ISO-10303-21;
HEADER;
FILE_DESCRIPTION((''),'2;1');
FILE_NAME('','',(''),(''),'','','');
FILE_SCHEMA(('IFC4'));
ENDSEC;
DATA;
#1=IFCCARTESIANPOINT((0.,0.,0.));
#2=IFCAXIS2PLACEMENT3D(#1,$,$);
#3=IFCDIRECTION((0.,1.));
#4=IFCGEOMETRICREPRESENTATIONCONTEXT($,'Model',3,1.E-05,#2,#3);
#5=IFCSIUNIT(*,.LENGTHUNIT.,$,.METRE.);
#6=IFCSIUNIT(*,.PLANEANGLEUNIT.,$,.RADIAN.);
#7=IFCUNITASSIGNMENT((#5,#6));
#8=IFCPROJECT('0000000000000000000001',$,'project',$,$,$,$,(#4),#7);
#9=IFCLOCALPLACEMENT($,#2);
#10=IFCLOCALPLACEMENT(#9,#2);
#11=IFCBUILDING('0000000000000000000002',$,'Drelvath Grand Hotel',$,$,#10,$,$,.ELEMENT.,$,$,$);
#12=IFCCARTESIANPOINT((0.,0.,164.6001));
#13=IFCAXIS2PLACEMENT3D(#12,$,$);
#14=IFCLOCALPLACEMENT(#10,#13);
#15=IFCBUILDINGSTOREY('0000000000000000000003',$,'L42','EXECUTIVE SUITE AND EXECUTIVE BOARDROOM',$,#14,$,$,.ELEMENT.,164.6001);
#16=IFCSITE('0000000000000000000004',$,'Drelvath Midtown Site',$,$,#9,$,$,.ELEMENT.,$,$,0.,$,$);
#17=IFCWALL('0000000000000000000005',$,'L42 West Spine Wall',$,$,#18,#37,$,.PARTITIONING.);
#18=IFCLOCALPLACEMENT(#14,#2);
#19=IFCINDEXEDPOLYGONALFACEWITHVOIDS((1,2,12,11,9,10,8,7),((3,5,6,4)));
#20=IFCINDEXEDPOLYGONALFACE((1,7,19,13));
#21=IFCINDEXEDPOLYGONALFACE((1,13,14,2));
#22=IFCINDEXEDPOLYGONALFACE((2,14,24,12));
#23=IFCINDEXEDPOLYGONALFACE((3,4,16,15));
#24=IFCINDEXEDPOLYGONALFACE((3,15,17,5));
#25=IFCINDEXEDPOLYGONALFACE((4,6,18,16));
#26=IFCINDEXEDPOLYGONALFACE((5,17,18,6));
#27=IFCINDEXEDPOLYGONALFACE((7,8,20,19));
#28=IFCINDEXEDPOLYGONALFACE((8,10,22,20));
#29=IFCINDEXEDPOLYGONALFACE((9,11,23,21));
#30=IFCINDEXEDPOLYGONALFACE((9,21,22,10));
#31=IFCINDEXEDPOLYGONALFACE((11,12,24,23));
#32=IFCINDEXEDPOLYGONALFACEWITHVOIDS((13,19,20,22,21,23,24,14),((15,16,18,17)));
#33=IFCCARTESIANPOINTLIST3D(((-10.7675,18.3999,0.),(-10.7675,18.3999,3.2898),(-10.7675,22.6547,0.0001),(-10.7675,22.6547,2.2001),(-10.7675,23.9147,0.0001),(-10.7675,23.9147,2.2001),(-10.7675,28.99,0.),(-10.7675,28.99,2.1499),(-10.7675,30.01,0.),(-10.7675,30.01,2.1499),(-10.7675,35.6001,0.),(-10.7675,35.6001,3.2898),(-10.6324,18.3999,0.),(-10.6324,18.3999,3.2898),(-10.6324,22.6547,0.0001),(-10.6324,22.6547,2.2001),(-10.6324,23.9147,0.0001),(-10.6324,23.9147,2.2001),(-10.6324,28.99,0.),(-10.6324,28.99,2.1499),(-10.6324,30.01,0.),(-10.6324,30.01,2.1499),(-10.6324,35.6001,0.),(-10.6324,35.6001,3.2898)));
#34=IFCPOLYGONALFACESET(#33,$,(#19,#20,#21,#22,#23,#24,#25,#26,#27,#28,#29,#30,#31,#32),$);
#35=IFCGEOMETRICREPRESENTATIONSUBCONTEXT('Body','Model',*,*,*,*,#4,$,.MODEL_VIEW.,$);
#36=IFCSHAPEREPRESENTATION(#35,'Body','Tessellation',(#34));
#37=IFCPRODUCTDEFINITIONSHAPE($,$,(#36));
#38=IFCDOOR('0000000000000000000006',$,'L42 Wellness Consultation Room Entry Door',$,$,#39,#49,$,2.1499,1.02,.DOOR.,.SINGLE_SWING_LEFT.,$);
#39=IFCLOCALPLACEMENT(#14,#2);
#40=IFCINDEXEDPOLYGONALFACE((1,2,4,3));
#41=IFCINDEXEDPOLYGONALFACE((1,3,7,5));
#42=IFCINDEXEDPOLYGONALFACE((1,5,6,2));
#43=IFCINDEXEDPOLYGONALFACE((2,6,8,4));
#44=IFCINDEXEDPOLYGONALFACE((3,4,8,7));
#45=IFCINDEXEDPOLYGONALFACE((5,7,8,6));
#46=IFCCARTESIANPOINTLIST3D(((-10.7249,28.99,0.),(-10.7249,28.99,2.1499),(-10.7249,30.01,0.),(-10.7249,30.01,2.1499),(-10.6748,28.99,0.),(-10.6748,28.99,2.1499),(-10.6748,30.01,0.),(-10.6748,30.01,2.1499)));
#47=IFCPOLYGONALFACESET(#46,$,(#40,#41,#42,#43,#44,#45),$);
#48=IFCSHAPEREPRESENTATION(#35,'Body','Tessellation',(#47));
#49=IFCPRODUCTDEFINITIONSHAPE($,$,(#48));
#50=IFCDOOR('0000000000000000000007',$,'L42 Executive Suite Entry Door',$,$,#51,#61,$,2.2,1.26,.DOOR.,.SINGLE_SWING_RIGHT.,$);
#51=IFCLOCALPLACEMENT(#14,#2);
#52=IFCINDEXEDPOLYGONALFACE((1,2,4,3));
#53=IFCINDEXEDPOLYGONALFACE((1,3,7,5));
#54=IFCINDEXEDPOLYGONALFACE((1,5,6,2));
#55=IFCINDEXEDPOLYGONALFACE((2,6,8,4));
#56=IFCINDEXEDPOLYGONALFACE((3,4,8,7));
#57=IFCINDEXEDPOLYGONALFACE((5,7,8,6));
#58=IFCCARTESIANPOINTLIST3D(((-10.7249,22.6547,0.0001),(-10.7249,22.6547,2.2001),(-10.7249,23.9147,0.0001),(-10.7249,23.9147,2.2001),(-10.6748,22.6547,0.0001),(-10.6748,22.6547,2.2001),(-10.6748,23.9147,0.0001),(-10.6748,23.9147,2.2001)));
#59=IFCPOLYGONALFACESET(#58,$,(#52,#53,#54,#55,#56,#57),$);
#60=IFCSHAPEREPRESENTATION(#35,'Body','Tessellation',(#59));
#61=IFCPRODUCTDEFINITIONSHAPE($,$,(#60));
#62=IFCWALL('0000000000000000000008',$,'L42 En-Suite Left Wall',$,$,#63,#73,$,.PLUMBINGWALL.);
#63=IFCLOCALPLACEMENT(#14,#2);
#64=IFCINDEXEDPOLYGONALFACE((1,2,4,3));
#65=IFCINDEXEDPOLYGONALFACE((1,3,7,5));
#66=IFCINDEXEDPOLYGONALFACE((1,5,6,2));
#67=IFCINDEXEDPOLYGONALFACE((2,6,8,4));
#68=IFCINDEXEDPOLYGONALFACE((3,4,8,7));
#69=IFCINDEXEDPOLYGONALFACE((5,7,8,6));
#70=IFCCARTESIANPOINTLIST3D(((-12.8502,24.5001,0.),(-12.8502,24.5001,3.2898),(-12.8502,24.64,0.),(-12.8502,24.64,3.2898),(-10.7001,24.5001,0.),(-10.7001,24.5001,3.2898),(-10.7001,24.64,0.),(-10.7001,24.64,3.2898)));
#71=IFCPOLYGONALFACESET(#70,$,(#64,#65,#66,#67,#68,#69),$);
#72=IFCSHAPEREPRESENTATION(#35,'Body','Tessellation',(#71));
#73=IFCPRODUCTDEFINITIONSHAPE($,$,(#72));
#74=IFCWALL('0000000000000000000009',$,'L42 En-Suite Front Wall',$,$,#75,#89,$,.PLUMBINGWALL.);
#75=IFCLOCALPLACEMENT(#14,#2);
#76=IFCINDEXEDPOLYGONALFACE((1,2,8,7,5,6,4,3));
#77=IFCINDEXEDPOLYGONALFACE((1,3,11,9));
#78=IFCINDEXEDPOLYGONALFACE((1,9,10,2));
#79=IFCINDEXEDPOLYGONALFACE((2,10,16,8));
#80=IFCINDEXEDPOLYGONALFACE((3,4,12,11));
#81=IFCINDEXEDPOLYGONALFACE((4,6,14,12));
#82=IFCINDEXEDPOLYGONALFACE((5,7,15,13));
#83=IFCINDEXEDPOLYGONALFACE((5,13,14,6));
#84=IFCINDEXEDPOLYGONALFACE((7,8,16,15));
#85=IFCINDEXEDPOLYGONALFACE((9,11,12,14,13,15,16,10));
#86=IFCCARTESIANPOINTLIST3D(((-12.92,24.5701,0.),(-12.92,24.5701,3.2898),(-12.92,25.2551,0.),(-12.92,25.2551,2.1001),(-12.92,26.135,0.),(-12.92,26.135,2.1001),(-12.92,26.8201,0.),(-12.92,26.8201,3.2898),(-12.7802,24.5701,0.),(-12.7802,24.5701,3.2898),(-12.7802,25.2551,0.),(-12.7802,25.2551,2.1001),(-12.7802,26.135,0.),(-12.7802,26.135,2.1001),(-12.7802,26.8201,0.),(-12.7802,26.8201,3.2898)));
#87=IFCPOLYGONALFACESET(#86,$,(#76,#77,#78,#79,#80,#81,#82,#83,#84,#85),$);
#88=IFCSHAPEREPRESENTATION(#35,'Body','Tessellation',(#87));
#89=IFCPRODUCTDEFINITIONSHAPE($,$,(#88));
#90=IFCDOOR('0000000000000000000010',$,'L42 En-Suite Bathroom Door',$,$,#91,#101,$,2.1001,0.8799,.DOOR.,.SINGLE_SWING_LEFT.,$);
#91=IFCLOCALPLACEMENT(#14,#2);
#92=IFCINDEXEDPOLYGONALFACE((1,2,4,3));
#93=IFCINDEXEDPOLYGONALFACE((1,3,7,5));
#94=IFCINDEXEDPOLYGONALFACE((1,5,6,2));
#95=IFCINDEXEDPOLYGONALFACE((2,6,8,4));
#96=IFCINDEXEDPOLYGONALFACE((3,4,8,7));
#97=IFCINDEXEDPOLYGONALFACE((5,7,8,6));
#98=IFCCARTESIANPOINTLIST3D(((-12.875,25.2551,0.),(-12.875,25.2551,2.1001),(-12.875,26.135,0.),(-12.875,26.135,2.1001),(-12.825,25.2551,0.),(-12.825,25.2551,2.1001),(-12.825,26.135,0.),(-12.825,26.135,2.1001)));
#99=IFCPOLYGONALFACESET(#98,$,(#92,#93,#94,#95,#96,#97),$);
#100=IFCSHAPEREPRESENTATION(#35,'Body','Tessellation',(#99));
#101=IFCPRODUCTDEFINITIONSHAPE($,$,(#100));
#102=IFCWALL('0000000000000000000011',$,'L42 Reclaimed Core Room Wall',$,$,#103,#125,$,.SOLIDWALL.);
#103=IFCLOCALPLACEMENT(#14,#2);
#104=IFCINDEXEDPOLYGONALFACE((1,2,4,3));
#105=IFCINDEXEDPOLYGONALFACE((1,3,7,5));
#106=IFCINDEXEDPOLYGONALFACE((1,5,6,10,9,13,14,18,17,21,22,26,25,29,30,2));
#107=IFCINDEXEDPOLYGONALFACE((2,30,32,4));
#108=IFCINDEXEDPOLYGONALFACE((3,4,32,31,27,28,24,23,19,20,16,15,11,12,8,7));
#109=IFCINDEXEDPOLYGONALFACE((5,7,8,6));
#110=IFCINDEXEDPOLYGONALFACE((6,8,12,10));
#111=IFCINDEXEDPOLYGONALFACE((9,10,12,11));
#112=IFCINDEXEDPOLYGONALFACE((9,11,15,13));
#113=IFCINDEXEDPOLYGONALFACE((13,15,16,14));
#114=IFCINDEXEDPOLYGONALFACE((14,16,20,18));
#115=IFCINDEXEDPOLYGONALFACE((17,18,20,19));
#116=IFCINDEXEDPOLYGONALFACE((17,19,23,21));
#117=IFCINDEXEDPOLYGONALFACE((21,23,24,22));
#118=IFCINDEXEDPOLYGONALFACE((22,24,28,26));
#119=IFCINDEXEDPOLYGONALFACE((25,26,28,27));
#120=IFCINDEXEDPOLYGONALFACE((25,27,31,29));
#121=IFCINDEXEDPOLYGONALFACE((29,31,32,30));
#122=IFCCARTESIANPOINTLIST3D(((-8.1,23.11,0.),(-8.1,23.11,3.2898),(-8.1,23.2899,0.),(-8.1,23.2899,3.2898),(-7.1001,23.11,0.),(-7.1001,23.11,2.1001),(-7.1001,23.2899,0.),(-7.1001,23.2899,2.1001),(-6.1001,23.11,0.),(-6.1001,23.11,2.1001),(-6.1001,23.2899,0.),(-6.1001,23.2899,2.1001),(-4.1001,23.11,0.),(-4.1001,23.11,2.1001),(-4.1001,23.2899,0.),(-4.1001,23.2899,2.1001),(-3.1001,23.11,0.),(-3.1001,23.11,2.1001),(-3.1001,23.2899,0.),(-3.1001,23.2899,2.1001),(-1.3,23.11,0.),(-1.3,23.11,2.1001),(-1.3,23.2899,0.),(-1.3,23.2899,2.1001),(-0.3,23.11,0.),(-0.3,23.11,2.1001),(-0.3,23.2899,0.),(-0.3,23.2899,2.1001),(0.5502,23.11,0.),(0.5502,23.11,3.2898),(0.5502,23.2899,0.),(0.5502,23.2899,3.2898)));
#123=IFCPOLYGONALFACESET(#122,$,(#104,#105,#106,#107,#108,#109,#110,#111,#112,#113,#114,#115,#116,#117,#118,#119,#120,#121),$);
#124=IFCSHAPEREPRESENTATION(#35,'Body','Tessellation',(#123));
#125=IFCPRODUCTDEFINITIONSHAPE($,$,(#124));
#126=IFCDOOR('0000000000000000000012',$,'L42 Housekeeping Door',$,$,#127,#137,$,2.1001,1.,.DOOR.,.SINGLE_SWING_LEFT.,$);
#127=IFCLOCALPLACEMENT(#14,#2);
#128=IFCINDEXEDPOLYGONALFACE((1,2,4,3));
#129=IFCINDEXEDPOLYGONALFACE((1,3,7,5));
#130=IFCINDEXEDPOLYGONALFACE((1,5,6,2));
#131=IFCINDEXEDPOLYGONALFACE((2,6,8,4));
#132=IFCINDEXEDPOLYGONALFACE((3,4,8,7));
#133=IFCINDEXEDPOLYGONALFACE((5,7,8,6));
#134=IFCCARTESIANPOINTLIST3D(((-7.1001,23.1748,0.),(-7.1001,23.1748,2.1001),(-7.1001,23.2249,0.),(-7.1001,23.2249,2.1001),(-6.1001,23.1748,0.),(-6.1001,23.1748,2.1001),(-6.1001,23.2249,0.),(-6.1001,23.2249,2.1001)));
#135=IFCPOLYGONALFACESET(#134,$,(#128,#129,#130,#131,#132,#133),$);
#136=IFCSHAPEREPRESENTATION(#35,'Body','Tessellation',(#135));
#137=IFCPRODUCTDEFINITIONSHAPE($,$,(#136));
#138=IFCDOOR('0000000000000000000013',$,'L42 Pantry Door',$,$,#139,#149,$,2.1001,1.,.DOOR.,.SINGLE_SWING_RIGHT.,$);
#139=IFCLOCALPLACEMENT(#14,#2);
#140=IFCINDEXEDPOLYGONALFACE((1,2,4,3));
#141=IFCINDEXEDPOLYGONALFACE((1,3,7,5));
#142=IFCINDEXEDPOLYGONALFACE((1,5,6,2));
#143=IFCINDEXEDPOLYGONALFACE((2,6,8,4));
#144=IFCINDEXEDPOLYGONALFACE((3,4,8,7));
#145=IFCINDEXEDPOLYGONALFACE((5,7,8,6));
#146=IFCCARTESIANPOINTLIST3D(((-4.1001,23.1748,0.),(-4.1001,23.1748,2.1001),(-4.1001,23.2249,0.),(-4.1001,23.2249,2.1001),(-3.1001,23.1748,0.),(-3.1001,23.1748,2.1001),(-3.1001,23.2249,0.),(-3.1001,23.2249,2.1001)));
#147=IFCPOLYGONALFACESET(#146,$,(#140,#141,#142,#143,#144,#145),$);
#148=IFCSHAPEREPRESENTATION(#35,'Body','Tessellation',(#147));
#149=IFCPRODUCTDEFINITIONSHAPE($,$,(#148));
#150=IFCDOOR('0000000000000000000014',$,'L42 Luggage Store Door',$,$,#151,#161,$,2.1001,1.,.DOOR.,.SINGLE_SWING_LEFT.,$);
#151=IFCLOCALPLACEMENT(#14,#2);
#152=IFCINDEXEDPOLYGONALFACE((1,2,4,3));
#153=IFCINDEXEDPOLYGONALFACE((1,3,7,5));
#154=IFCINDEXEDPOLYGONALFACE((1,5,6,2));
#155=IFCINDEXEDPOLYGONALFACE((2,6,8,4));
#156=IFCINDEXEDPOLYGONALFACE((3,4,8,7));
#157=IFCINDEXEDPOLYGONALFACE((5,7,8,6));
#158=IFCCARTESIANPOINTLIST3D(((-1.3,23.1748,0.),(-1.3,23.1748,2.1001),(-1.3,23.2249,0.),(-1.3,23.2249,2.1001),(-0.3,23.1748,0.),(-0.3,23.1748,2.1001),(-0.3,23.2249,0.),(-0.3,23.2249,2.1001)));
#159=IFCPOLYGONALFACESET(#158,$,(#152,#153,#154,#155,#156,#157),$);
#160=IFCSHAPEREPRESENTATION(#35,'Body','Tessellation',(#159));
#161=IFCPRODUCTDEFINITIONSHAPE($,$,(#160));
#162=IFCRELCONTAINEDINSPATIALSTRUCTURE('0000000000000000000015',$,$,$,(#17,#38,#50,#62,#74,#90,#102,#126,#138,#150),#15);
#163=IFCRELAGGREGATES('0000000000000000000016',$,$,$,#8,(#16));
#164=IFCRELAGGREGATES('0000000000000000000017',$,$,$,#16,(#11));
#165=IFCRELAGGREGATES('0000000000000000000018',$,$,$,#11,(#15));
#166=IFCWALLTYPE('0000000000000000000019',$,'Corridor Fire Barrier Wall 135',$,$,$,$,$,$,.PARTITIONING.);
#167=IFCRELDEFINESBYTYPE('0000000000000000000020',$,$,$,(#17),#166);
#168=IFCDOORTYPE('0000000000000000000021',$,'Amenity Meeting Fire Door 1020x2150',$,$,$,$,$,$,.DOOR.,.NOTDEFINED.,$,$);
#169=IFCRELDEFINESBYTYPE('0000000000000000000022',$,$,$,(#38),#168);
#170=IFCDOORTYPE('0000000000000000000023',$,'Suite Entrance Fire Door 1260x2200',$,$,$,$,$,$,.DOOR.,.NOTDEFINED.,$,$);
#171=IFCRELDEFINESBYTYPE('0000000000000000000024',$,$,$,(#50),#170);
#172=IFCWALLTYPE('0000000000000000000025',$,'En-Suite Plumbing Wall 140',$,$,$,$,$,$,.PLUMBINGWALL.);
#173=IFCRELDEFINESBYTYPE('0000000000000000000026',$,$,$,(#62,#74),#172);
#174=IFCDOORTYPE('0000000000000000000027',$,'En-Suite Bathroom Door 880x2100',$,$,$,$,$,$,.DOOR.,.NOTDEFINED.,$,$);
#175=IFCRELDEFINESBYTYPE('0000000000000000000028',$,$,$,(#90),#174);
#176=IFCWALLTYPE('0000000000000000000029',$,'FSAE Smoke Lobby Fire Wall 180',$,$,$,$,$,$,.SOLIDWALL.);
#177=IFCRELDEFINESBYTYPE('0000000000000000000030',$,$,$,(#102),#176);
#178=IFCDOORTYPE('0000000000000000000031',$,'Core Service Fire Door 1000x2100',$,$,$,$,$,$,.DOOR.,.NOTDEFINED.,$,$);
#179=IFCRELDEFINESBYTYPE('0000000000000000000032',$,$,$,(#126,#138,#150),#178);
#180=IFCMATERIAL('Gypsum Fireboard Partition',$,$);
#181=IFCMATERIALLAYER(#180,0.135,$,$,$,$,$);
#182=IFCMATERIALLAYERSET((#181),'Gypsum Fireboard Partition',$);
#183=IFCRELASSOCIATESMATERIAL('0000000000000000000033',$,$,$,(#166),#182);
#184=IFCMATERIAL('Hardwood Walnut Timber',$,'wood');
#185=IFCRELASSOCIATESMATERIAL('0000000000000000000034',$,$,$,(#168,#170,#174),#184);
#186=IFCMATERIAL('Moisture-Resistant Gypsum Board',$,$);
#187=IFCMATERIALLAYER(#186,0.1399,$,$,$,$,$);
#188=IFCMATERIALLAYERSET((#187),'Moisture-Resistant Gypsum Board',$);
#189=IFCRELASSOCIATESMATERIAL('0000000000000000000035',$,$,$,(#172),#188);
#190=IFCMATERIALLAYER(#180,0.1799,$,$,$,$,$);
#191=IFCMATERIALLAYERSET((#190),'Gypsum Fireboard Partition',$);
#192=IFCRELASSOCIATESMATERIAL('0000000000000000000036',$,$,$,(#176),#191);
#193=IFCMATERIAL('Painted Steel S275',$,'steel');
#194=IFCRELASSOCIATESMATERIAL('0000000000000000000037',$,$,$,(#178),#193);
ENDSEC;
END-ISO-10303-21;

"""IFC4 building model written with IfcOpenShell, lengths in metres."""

from ifc_helpers import new_model, si_unit, direction, frame, frame_2d, origin, place, context, subcontext, project, spatial, rectangle, extrude, material, layer, layer_set, type_object, element, fill, save


model = new_model("IFC4")

# Units and contexts
model_context = context("Model", 3, precision=1e-05, world=origin(), true_north=direction((0.0, 1.0)))
body_context = subcontext(model_context, "Body", "Model", "MODEL_VIEW")
ifc_project = project(units=[si_unit("LENGTHUNIT", "METRE"), si_unit("PLANEANGLEUNIT", "RADIAN")], contexts=[model_context])

# Site, building, storey
site_placement = place(None, origin())
site = spatial("IfcSite", under=ifc_project, at=site_placement, Name="Drelvath Midtown Site", CompositionType="ELEMENT", RefElevation=0.0)
building_placement = place(site_placement, origin())
building = spatial("IfcBuilding", under=site, at=building_placement, Name="Drelvath Grand Hotel", CompositionType="ELEMENT")
storey_placement = place(building_placement, frame((0.0, 0.0, 164.6001)))
storey = spatial("IfcBuildingStorey", under=building, at=storey_placement, Name="L42", Description="EXECUTIVE SUITE AND EXECUTIVE BOARDROOM", CompositionType="ELEMENT", Elevation=164.6001)

# Shared definitions
ifc_material_1 = material(Name="Painted Steel S275", Category="steel")
ifc_material_2 = material(Name="Gypsum Fireboard Partition")
ifc_layer_1 = layer(ifc_material_2, 0.135)
ifc_layer_set_1 = layer_set([ifc_layer_1], Name="Gypsum Fireboard Partition")
wall_type_1 = type_object("IfcWallType", Name="Corridor Fire Barrier Wall 135", PredefinedType="PARTITIONING", material=ifc_layer_set_1)

# Wall, openings, doors
wall_1_placement = place(storey_placement, frame((-10.7, 18.3999, 0.0), z_axis=(0.0, 0.0, 1.0), x_axis=(0.0, 1.0, 0.0)))
wall_1 = element("IfcWall", 1, at=wall_1_placement, inside=storey, type_object=wall_type_1, Name="L42 West Spine Wall", PredefinedType="PARTITIONING", context=body_context, shape_type="SweptSolid", body=[
    extrude(rectangle(XDim=17.2002, YDim=0.135, at=frame_2d((8.6001, 0.0))), origin(), (0.0, 0.0, 1.0), 3.2898),
])
opening_1_placement = place(wall_1_placement, frame((4.2549, 0.0, 0.0)))
opening_1 = element("IfcOpeningElement", 2, at=opening_1_placement, cuts=wall_1, PredefinedType="OPENING", context=body_context, shape_type="SweptSolid", body=[
    extrude(rectangle(XDim=1.26, YDim=2.2, at=frame_2d((0.6299, 1.1001))), frame((0.0, 0.0774, 0.0), z_axis=(0.0, -1.0, 0.0), x_axis=(1.0, 0.0, 0.0)), (0.0, 0.0, 1.0), 0.155),
])
opening_2_placement = place(wall_1_placement, frame((10.5901, 0.0, 0.0)))
opening_2 = element("IfcOpeningElement", 3, at=opening_2_placement, cuts=wall_1, PredefinedType="OPENING", context=body_context, shape_type="SweptSolid", body=[
    extrude(rectangle(XDim=1.02, YDim=2.1499, at=frame_2d((0.51, 1.075))), frame((0.0, 0.0774, 0.0), z_axis=(0.0, -1.0, 0.0), x_axis=(1.0, 0.0, 0.0)), (0.0, 0.0, 1.0), 0.155),
])
ifc_material_3 = material(Name="Hardwood Walnut Timber", Category="wood")
door_type_1 = type_object("IfcDoorType", Name="Amenity Meeting Fire Door 1020x2150", OperationType="NOTDEFINED", PredefinedType="DOOR", material=ifc_material_3)
door_1_placement = place(opening_2_placement, origin())
door_1 = element("IfcDoor", 4, at=door_1_placement, inside=storey, type_object=door_type_1, Name="L42 Wellness Consultation Room Entry Door", OperationType="SINGLE_SWING_LEFT", OverallHeight=2.1499, OverallWidth=1.02, PredefinedType="DOOR", context=body_context, shape_type="SweptSolid", body=[
    extrude(rectangle(XDim=1.02, YDim=2.1499, at=frame_2d((0.51, 1.075))), frame((0.0, 0.0249, 0.0), z_axis=(0.0, -1.0, 0.0), x_axis=(1.0, 0.0, 0.0)), (0.0, 0.0, 1.0), 0.05),
])
fill(opening_2, door_1)
door_type_2 = type_object("IfcDoorType", Name="Suite Entrance Fire Door 1260x2200", OperationType="NOTDEFINED", PredefinedType="DOOR", material=ifc_material_3)
door_2_placement = place(opening_1_placement, origin())
door_2 = element("IfcDoor", 5, at=door_2_placement, inside=storey, type_object=door_type_2, Name="L42 Executive Suite Entry Door", OperationType="SINGLE_SWING_RIGHT", OverallHeight=2.2, OverallWidth=1.26, PredefinedType="DOOR", context=body_context, shape_type="SweptSolid", body=[
    extrude(rectangle(XDim=1.26, YDim=2.2, at=frame_2d((0.6299, 1.1001))), frame((0.0, 0.0249, 0.0), z_axis=(0.0, -1.0, 0.0), x_axis=(1.0, 0.0, 0.0)), (0.0, 0.0, 1.0), 0.05),
])
fill(opening_1, door_2)

# Wall
ifc_material_4 = material(Name="Moisture-Resistant Gypsum Board")
ifc_layer_2 = layer(ifc_material_4, 0.1399)
ifc_layer_set_2 = layer_set([ifc_layer_2], Name="Moisture-Resistant Gypsum Board")
wall_type_2 = type_object("IfcWallType", Name="En-Suite Plumbing Wall 140", PredefinedType="PLUMBINGWALL", material=ifc_layer_set_2)
wall_2_placement = place(storey_placement, frame((-10.7, 24.5701, 0.0), z_axis=(0.0, 0.0, 1.0), x_axis=(-1.0, 0.0, 0.0)))
element("IfcWall", 6, at=wall_2_placement, inside=storey, type_object=wall_type_2, Name="L42 En-Suite Left Wall", PredefinedType="PLUMBINGWALL", context=body_context, shape_type="SweptSolid", body=[
    extrude(rectangle(XDim=2.1501, YDim=0.1399, at=frame_2d((1.0752, 0.0))), origin(), (0.0, 0.0, 1.0), 3.2898),
])

# Wall, opening, door
wall_3_placement = place(storey_placement, frame((-12.8501, 24.5701, 0.0), z_axis=(0.0, 0.0, 1.0), x_axis=(0.0, 1.0, 0.0)))
wall_3 = element("IfcWall", 7, at=wall_3_placement, inside=storey, type_object=wall_type_2, Name="L42 En-Suite Front Wall", PredefinedType="PLUMBINGWALL", context=body_context, shape_type="SweptSolid", body=[
    extrude(rectangle(XDim=2.25, YDim=0.1399, at=frame_2d((1.125, 0.0))), origin(), (0.0, 0.0, 1.0), 3.2898),
])
opening_3_placement = place(wall_3_placement, frame((0.6851, 0.0, 0.0)))
opening_3 = element("IfcOpeningElement", 8, at=opening_3_placement, cuts=wall_3, PredefinedType="OPENING", context=body_context, shape_type="SweptSolid", body=[
    extrude(rectangle(XDim=0.8799, YDim=2.1001, at=frame_2d((0.4399, 1.05))), frame((0.0, 0.0798, 0.0), z_axis=(0.0, -1.0, 0.0), x_axis=(1.0, 0.0, 0.0)), (0.0, 0.0, 1.0), 0.1599),
])
door_type_3 = type_object("IfcDoorType", Name="En-Suite Bathroom Door 880x2100", OperationType="NOTDEFINED", PredefinedType="DOOR", material=ifc_material_3)
door_3_placement = place(opening_3_placement, origin())
door_3 = element("IfcDoor", 9, at=door_3_placement, inside=storey, type_object=door_type_3, Name="L42 En-Suite Bathroom Door", OperationType="SINGLE_SWING_LEFT", OverallHeight=2.1001, OverallWidth=0.8799, PredefinedType="DOOR", context=body_context, shape_type="SweptSolid", body=[
    extrude(rectangle(XDim=0.8799, YDim=2.1001, at=frame_2d((0.4399, 1.05))), frame((0.0, 0.0249, 0.0), z_axis=(0.0, -1.0, 0.0), x_axis=(1.0, 0.0, 0.0)), (0.0, 0.0, 1.0), 0.05),
])
fill(opening_3, door_3)

# Wall, openings, doors
ifc_layer_3 = layer(ifc_material_2, 0.1799)
ifc_layer_set_3 = layer_set([ifc_layer_3], Name="Gypsum Fireboard Partition")
wall_type_3 = type_object("IfcWallType", Name="FSAE Smoke Lobby Fire Wall 180", PredefinedType="SOLIDWALL", material=ifc_layer_set_3)
wall_4_placement = place(storey_placement, frame((-8.1001, 23.2, 0.0), z_axis=(0.0, 0.0, 1.0), x_axis=(1.0, 0.0, 0.0)))
wall_4 = element("IfcWall", 10, at=wall_4_placement, inside=storey, type_object=wall_type_3, Name="L42 Reclaimed Core Room Wall", PredefinedType="SOLIDWALL", context=body_context, shape_type="SweptSolid", body=[
    extrude(rectangle(XDim=8.6501, YDim=0.1799, at=frame_2d((4.3252, 0.0))), origin(), (0.0, 0.0, 1.0), 3.2898),
])
opening_4_placement = place(wall_4_placement, frame((1.0, 0.0, 0.0)))
opening_4 = element("IfcOpeningElement", 11, at=opening_4_placement, cuts=wall_4, PredefinedType="OPENING", context=body_context, shape_type="SweptSolid", body=[
    extrude(rectangle(XDim=1.0, YDim=2.1001, at=frame_2d((0.5, 1.05))), frame((0.0, 0.0999, 0.0), z_axis=(0.0, -1.0, 0.0), x_axis=(1.0, 0.0, 0.0)), (0.0, 0.0, 1.0), 0.2),
])
opening_5_placement = place(wall_4_placement, frame((4.0, 0.0, 0.0)))
opening_5 = element("IfcOpeningElement", 12, at=opening_5_placement, cuts=wall_4, PredefinedType="OPENING", context=body_context, shape_type="SweptSolid", body=[
    extrude(rectangle(XDim=1.0, YDim=2.1001, at=frame_2d((0.5, 1.05))), frame((0.0, 0.0999, 0.0), z_axis=(0.0, -1.0, 0.0), x_axis=(1.0, 0.0, 0.0)), (0.0, 0.0, 1.0), 0.2),
])
opening_6_placement = place(wall_4_placement, frame((6.8, 0.0, 0.0)))
opening_6 = element("IfcOpeningElement", 13, at=opening_6_placement, cuts=wall_4, PredefinedType="OPENING", context=body_context, shape_type="SweptSolid", body=[
    extrude(rectangle(XDim=1.0, YDim=2.1001, at=frame_2d((0.5, 1.05))), frame((0.0, 0.0999, 0.0), z_axis=(0.0, -1.0, 0.0), x_axis=(1.0, 0.0, 0.0)), (0.0, 0.0, 1.0), 0.2),
])
door_type_4 = type_object("IfcDoorType", Name="Core Service Fire Door 1000x2100", OperationType="NOTDEFINED", PredefinedType="DOOR", material=ifc_material_1)
door_4_placement = place(opening_4_placement, origin())
door_4 = element("IfcDoor", 14, at=door_4_placement, inside=storey, type_object=door_type_4, Name="L42 Housekeeping Door", OperationType="SINGLE_SWING_LEFT", OverallHeight=2.1001, OverallWidth=1.0, PredefinedType="DOOR", context=body_context, shape_type="SweptSolid", body=[
    extrude(rectangle(XDim=1.0, YDim=2.1001, at=frame_2d((0.5, 1.05))), frame((0.0, 0.0249, 0.0), z_axis=(0.0, -1.0, 0.0), x_axis=(1.0, 0.0, 0.0)), (0.0, 0.0, 1.0), 0.05),
])
fill(opening_4, door_4)
door_5_placement = place(opening_5_placement, origin())
door_5 = element("IfcDoor", 15, at=door_5_placement, inside=storey, type_object=door_type_4, Name="L42 Pantry Door", OperationType="SINGLE_SWING_RIGHT", OverallHeight=2.1001, OverallWidth=1.0, PredefinedType="DOOR", context=body_context, shape_type="SweptSolid", body=[
    extrude(rectangle(XDim=1.0, YDim=2.1001, at=frame_2d((0.5, 1.05))), frame((0.0, 0.0249, 0.0), z_axis=(0.0, -1.0, 0.0), x_axis=(1.0, 0.0, 0.0)), (0.0, 0.0, 1.0), 0.05),
])
fill(opening_5, door_5)
door_6_placement = place(opening_6_placement, origin())
door_6 = element("IfcDoor", 16, at=door_6_placement, inside=storey, type_object=door_type_4, Name="L42 Luggage Store Door", OperationType="SINGLE_SWING_LEFT", OverallHeight=2.1001, OverallWidth=1.0, PredefinedType="DOOR", context=body_context, shape_type="SweptSolid", body=[
    extrude(rectangle(XDim=1.0, YDim=2.1001, at=frame_2d((0.5, 1.05))), frame((0.0, 0.0249, 0.0), z_axis=(0.0, -1.0, 0.0), x_axis=(1.0, 0.0, 0.0)), (0.0, 0.0, 1.0), 0.05),
])
fill(opening_6, door_6)

save(model, "model.ifc")
